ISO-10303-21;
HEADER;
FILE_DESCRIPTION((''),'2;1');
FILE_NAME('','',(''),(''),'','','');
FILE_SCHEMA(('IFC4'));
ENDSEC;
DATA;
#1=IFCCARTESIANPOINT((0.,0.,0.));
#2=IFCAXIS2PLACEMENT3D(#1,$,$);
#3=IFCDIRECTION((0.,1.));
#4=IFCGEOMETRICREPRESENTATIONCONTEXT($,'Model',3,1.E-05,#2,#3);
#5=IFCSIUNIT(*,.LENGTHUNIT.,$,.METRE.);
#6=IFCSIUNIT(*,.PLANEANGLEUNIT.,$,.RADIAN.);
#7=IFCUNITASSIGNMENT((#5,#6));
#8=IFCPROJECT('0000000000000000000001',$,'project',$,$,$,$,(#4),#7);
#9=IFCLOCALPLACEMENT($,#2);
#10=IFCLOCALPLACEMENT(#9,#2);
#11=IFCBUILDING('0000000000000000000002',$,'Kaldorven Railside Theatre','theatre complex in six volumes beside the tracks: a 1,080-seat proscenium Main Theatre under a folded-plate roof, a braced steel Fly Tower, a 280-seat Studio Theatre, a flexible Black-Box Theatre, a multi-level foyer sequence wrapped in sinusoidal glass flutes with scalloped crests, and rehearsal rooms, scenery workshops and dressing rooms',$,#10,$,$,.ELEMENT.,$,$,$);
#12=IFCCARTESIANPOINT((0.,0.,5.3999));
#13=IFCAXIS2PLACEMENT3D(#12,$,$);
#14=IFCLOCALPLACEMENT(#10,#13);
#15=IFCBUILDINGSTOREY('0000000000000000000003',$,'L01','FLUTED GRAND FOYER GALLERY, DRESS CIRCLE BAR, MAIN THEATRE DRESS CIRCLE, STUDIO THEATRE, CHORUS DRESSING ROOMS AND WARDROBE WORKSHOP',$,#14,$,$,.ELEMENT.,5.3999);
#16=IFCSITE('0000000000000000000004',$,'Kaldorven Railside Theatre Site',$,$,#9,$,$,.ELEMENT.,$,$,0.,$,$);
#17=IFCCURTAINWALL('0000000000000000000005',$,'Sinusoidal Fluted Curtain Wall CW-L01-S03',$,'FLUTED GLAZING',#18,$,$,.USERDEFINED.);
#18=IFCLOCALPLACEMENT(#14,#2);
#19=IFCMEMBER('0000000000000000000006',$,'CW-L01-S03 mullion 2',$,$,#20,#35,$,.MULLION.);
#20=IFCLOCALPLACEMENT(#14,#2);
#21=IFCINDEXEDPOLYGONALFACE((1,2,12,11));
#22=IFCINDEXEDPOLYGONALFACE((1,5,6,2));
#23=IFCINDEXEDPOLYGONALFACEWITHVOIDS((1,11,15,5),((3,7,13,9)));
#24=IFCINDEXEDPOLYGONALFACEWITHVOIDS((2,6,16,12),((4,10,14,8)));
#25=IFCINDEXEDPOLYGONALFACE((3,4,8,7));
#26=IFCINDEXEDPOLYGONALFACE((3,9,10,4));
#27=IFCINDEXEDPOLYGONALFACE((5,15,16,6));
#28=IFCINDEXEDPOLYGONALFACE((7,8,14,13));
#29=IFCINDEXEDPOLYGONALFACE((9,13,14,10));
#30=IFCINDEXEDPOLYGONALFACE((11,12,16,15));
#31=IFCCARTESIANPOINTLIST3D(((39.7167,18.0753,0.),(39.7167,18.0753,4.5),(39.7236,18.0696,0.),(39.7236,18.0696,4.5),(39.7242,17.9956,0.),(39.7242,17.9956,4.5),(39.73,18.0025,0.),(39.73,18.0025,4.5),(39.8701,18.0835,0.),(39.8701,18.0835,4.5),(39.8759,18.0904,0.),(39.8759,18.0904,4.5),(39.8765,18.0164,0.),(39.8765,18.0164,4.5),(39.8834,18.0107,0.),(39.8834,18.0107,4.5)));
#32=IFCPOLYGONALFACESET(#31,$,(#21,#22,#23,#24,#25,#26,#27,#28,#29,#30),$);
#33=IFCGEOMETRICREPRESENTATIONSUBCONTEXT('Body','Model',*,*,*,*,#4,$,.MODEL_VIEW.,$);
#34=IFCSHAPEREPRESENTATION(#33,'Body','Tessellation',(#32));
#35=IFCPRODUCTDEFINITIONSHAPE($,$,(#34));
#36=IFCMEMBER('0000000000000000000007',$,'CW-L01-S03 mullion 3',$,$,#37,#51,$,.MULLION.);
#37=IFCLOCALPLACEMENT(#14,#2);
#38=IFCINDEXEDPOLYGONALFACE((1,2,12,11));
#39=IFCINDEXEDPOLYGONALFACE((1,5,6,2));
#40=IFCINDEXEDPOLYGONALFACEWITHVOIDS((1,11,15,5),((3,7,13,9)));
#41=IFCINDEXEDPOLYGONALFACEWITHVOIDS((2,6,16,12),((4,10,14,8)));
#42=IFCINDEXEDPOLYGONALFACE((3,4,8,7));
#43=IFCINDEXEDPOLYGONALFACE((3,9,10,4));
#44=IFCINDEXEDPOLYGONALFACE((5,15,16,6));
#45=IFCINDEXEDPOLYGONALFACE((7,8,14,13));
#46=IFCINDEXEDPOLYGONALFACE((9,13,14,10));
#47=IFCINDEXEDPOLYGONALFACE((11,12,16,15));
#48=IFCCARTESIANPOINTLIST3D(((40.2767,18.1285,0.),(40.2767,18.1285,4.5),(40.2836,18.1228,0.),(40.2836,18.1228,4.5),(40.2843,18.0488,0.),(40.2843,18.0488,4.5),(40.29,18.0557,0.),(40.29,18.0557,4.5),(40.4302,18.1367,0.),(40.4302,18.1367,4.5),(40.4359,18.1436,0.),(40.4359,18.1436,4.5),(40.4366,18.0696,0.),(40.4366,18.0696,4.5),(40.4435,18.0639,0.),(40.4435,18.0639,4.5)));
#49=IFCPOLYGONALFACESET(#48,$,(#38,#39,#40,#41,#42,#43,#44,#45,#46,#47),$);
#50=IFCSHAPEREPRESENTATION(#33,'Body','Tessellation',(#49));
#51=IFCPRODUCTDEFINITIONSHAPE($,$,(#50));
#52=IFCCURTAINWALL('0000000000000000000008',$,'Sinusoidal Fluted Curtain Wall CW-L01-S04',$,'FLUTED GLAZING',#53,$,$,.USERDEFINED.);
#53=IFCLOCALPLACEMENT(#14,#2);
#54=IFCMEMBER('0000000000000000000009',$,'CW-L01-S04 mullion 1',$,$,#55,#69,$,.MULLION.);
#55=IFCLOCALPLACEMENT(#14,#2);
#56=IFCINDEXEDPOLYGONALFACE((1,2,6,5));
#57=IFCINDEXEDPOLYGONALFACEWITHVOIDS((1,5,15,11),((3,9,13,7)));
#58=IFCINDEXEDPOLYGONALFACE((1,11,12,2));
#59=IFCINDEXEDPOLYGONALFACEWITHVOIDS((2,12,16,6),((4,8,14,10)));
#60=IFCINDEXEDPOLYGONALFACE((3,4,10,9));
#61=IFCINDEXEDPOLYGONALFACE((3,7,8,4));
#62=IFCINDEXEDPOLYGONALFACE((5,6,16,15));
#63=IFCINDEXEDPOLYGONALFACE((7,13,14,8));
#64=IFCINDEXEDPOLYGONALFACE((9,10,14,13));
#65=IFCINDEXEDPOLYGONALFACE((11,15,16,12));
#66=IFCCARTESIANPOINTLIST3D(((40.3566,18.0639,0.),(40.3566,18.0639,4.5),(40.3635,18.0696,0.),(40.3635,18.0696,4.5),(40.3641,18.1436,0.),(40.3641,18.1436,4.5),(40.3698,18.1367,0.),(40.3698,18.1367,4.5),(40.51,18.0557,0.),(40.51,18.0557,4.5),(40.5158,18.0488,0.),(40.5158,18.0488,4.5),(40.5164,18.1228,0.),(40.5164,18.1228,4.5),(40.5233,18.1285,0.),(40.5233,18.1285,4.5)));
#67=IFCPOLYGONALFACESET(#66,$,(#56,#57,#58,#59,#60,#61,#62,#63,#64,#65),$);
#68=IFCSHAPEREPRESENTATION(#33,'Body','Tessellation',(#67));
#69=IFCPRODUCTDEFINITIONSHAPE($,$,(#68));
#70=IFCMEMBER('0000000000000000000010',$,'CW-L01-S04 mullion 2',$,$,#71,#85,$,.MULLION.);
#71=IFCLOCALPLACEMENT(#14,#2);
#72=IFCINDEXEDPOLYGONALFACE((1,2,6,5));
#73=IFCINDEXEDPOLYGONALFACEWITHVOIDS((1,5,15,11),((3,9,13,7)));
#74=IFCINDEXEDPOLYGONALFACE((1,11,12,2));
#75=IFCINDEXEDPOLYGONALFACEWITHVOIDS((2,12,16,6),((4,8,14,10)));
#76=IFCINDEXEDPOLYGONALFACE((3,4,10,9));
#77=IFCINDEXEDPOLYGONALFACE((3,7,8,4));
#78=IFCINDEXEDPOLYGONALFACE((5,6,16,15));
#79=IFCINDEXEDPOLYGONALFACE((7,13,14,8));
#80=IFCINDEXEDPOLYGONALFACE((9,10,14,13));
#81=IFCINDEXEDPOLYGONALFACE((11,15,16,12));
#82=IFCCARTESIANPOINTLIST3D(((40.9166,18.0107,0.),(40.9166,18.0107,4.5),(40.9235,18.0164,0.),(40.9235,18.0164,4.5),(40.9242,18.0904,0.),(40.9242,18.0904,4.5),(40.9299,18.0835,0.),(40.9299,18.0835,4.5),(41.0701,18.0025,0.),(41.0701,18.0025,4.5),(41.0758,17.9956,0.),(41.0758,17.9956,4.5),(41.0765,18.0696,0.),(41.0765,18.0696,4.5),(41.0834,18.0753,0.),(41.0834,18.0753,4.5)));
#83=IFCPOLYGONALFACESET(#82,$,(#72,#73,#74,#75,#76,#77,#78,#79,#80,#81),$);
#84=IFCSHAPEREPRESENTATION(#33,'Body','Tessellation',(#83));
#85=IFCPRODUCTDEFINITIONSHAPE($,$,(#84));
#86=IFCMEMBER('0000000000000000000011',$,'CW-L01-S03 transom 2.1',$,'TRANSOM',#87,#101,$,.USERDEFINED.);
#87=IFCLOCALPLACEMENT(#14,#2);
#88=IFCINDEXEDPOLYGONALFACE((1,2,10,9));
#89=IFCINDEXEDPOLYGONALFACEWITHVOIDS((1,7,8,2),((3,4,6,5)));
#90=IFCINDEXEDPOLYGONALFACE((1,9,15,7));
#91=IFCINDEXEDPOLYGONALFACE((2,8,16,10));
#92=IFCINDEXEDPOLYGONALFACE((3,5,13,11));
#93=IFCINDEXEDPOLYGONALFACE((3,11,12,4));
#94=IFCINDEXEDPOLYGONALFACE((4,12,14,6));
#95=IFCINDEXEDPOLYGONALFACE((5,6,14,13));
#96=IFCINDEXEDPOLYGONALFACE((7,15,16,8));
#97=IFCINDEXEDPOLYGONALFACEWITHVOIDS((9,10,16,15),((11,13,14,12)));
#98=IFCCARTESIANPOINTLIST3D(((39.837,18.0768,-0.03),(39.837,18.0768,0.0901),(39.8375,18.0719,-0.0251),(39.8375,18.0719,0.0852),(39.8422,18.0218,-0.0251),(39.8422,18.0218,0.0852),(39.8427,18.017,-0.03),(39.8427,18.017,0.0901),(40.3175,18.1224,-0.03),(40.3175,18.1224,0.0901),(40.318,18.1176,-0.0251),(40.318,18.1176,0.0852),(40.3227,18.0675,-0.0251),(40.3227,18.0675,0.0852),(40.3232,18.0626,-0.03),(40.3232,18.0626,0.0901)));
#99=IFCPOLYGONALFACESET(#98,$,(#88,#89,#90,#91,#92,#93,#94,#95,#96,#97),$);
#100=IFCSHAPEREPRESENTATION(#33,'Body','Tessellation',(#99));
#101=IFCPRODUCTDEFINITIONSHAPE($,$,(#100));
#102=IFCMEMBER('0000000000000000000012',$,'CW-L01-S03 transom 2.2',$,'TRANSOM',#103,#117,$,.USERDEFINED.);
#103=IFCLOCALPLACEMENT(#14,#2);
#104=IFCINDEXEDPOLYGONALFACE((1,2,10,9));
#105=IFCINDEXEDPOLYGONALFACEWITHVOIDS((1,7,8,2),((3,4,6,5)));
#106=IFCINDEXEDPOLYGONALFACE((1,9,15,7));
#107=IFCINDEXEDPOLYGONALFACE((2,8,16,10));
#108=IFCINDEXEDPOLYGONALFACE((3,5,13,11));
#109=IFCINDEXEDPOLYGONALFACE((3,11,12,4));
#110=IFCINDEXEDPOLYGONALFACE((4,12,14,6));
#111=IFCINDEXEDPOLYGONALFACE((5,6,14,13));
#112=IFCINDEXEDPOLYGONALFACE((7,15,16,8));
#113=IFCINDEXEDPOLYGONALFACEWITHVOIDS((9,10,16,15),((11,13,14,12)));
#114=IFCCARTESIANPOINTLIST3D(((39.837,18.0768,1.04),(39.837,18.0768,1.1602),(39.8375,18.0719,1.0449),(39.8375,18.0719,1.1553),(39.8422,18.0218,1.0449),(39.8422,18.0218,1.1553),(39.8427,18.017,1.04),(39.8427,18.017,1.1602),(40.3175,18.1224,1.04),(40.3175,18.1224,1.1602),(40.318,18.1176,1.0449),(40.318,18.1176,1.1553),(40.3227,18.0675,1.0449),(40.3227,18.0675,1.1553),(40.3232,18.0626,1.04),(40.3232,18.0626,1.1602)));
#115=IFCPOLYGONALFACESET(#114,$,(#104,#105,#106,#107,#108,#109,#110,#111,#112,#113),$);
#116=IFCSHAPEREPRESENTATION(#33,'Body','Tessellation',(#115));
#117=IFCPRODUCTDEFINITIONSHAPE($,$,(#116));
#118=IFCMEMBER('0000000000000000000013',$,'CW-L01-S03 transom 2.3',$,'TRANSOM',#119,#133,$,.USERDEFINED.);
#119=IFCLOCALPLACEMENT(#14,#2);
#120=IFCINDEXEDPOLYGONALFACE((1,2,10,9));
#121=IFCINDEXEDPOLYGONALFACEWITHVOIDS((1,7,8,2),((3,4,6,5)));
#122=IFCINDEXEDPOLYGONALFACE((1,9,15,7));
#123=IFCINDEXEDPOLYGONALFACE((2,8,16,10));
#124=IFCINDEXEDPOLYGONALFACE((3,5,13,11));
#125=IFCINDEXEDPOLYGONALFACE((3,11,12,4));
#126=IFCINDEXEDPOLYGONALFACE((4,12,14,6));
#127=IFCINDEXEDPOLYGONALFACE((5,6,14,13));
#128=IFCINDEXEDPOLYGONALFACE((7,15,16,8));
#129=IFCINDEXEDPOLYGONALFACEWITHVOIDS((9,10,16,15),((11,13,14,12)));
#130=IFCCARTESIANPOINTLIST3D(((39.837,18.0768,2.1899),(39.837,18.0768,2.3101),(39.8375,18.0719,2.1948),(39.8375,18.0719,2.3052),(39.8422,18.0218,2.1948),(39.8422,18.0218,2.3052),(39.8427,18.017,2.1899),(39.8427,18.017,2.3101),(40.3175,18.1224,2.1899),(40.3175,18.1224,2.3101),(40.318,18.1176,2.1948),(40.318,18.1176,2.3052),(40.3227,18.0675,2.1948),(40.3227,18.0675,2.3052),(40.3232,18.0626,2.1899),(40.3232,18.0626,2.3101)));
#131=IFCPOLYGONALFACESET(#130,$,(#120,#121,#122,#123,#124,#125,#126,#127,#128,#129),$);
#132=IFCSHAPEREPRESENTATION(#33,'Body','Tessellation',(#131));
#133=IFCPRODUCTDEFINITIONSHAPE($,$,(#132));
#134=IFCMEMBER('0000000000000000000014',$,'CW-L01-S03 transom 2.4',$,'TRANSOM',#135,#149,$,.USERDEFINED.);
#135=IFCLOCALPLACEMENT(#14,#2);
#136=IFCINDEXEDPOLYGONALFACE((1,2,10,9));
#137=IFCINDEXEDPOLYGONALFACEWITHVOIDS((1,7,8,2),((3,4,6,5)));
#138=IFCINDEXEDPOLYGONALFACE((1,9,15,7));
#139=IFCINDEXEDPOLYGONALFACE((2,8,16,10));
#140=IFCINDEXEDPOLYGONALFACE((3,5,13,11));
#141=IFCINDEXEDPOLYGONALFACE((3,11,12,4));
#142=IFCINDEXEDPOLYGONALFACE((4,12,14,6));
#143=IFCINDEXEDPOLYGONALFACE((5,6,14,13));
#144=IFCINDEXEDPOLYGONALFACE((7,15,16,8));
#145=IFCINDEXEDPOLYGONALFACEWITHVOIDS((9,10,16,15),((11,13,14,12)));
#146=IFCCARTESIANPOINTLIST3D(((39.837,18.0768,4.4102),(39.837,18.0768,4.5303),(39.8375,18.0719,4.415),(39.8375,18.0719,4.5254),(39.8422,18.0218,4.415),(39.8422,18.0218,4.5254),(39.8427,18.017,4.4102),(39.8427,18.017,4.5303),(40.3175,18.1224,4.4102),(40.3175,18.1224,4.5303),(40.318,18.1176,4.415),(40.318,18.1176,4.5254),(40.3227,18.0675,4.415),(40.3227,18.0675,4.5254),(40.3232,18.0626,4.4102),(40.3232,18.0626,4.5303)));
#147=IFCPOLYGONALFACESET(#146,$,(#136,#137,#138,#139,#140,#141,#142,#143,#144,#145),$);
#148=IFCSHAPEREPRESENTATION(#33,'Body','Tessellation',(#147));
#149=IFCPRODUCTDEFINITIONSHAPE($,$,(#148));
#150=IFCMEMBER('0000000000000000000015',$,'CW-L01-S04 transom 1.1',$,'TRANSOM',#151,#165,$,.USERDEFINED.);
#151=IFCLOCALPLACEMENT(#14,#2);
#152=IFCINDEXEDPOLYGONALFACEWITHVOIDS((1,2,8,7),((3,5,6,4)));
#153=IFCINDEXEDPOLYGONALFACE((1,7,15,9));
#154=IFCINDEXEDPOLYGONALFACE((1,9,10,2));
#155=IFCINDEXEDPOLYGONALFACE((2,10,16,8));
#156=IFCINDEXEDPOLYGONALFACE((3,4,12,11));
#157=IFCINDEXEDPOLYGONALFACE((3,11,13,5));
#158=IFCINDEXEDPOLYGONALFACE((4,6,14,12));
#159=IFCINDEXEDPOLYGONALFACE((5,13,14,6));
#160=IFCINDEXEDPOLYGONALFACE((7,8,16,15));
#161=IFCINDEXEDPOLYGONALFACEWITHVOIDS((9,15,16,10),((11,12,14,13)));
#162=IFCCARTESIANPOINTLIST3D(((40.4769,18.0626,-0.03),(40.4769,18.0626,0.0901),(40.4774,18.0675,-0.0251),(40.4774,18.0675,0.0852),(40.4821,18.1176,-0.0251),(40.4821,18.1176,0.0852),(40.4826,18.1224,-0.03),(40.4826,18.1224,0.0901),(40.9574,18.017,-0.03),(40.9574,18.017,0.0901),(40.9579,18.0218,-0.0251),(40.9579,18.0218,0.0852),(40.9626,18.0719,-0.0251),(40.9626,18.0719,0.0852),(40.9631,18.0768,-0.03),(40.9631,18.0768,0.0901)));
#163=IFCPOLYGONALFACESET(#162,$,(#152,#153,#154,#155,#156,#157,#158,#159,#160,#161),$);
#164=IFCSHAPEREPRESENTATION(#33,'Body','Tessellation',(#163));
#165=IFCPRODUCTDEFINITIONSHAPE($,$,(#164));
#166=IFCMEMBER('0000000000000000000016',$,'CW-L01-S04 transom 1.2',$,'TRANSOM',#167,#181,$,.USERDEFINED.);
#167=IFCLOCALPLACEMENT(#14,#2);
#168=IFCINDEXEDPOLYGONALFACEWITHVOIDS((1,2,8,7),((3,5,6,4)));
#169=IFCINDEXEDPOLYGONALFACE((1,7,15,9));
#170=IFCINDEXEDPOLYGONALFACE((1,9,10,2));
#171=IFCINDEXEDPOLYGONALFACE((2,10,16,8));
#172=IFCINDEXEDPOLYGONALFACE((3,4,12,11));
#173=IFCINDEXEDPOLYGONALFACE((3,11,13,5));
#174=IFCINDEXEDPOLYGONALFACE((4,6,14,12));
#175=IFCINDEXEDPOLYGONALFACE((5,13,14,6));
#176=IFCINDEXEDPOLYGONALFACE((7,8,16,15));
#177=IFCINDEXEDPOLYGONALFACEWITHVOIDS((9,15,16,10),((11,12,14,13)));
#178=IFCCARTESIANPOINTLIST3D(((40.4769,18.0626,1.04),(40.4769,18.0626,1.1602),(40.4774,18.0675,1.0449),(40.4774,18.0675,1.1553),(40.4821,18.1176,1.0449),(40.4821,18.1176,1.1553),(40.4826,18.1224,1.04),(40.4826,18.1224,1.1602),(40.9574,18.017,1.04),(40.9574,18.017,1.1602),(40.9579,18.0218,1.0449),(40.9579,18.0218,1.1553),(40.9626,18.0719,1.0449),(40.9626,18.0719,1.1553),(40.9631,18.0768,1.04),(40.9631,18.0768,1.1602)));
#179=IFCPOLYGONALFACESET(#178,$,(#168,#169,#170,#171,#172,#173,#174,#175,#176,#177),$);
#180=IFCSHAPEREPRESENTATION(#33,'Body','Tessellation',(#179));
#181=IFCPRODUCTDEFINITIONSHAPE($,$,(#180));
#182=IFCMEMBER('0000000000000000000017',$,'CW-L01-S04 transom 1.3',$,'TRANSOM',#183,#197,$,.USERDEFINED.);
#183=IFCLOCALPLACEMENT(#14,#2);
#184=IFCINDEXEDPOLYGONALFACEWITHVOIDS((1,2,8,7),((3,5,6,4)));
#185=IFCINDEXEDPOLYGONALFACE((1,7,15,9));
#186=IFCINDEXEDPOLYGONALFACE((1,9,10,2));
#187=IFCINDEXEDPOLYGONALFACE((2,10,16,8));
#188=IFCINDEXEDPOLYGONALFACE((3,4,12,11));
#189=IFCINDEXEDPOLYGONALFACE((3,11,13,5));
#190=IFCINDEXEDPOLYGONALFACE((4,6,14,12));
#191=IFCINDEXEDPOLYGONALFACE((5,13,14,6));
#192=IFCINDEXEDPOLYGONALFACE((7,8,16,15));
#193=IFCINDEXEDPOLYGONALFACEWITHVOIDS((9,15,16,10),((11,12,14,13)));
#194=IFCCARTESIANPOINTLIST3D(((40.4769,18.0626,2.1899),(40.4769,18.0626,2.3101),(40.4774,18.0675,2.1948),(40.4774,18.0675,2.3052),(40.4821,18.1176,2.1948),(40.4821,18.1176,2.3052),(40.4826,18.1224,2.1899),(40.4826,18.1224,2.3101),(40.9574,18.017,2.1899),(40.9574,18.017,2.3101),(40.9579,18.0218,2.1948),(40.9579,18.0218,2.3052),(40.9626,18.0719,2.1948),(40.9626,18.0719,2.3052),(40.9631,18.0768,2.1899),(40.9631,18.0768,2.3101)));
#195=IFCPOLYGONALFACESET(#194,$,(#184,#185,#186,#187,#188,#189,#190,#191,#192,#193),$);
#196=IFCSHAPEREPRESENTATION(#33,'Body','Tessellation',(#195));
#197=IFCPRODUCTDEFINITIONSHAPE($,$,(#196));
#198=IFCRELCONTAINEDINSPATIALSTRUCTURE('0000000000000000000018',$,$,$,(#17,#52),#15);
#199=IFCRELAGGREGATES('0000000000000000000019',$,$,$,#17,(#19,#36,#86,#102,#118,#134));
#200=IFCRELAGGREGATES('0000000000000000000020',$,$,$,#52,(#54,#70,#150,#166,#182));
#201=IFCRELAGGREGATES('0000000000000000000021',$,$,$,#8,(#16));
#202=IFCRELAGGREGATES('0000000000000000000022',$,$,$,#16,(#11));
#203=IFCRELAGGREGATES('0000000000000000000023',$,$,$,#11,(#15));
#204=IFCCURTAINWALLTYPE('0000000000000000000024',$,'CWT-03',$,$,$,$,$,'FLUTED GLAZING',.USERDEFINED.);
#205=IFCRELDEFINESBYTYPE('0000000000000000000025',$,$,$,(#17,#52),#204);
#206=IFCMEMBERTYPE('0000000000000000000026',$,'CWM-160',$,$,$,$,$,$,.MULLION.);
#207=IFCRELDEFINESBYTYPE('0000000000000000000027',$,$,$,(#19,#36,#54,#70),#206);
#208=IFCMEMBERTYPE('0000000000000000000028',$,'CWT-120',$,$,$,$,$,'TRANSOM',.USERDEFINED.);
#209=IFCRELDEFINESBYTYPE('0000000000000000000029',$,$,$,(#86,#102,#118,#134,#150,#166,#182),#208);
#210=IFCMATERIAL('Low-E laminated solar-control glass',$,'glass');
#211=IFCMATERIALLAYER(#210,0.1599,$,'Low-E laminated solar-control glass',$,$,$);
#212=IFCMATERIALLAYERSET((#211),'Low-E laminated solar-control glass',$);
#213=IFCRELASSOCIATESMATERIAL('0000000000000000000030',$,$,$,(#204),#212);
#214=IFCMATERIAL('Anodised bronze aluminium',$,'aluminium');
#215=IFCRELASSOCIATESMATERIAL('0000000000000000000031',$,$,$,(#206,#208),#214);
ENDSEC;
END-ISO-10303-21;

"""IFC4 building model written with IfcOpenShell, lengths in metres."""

from ifc_helpers import new_model, si_unit, direction, frame, origin, origin_2d, place, context, subcontext, project, spatial, hollow_rectangle, extrude, material, layer, layer_set, material_profile, profile_set, type_object, element, aggregate, save


model = new_model("IFC4")

# Units and contexts
model_context = context("Model", 3, precision=1e-05, world=origin(), true_north=direction((0.0, 1.0)))
body_context = subcontext(model_context, "Body", "Model", "MODEL_VIEW")
ifc_project = project(units=[si_unit("LENGTHUNIT", "METRE"), si_unit("PLANEANGLEUNIT", "RADIAN")], contexts=[model_context])

# Site, building, storey
site_placement = place(None, origin())
site = spatial("IfcSite", under=ifc_project, at=site_placement, Name="Kaldorven Railside Theatre Site", CompositionType="ELEMENT", RefElevation=0.0)
building_placement = place(site_placement, origin())
building = spatial("IfcBuilding", under=site, at=building_placement, Name="Kaldorven Railside Theatre", Description="theatre complex in six volumes beside the tracks: a 1,080-seat proscenium Main Theatre under a folded-plate roof, a braced steel Fly Tower, a 280-seat Studio Theatre, a flexible Black-Box Theatre, a multi-level foyer sequence wrapped in sinusoidal glass flutes with scalloped crests, and rehearsal rooms, scenery workshops and dressing rooms", CompositionType="ELEMENT")
storey_placement = place(building_placement, frame((0.0, 0.0, 5.3999)))
storey = spatial("IfcBuildingStorey", under=building, at=storey_placement, Name="L01", Description="FLUTED GRAND FOYER GALLERY, DRESS CIRCLE BAR, MAIN THEATRE DRESS CIRCLE, STUDIO THEATRE, CHORUS DRESSING ROOMS AND WARDROBE WORKSHOP", CompositionType="ELEMENT", Elevation=5.3999)

# Curtain walls, members
ifc_material_1 = material(Name="Low-E laminated solar-control glass", Category="glass")
ifc_layer_1 = layer(ifc_material_1, 0.1599, Name="Low-E laminated solar-control glass")
ifc_layer_set_1 = layer_set([ifc_layer_1], Name="Low-E laminated solar-control glass")
curtain_wall_type = type_object("IfcCurtainWallType", Name="CWT-03", ElementType="FLUTED GLAZING", PredefinedType="USERDEFINED", material=ifc_layer_set_1)
curtain_wall_1_placement = place(storey_placement, origin())
curtain_wall_1 = element("IfcCurtainWall", 1, at=curtain_wall_1_placement, inside=storey, type_object=curtain_wall_type, Name="Sinusoidal Fluted Curtain Wall CW-L01-S03", ObjectType="FLUTED GLAZING", PredefinedType="USERDEFINED")
ifc_material_2 = material(Name="Anodised bronze aluminium", Category="aluminium")
ifc_material_profile_1 = material_profile(ifc_material_2, hollow_rectangle(XDim=0.0801, YDim=0.1599, WallThickness=0.0063, at=origin_2d()), Name="RHS 160x80x6.3")
ifc_profile_set_1 = profile_set([ifc_material_profile_1], Name="Anodised bronze aluminium")
member_type_1 = type_object("IfcMemberType", Name="CWM-160", PredefinedType="MULLION", material=ifc_profile_set_1)
member_1_placement = place(storey_placement, frame((39.8, 18.043, 0.0), z_axis=(0.0, 0.0, 1.0), x_axis=(-0.094492, 0.995526, 0.0)))
member_1 = element("IfcMember", 2, at=member_1_placement, type_object=member_type_1, Name="CW-L01-S03 mullion 2", PredefinedType="MULLION", context=body_context, shape_type="SweptSolid", body=[
    extrude(hollow_rectangle(XDim=0.0801, YDim=0.1599, WallThickness=0.0063, at=origin_2d()), origin(), (0.0, 0.0, 1.0), 4.5),
])
member_2_placement = place(storey_placement, frame((40.3601, 18.0962, 0.0), z_axis=(0.0, 0.0, 1.0), x_axis=(-0.094492, 0.995526, 0.0)))
member_2 = element("IfcMember", 3, at=member_2_placement, type_object=member_type_1, Name="CW-L01-S03 mullion 3", PredefinedType="MULLION", context=body_context, shape_type="SweptSolid", body=[
    extrude(hollow_rectangle(XDim=0.0801, YDim=0.1599, WallThickness=0.0063, at=origin_2d()), origin(), (0.0, 0.0, 1.0), 4.5),
])
curtain_wall_2_placement = place(storey_placement, origin())
curtain_wall_2 = element("IfcCurtainWall", 4, at=curtain_wall_2_placement, inside=storey, type_object=curtain_wall_type, Name="Sinusoidal Fluted Curtain Wall CW-L01-S04", ObjectType="FLUTED GLAZING", PredefinedType="USERDEFINED")
member_3_placement = place(storey_placement, frame((40.4399, 18.0962, 0.0), z_axis=(0.0, 0.0, 1.0), x_axis=(0.094492, 0.995526, 0.0)))
member_3 = element("IfcMember", 5, at=member_3_placement, type_object=member_type_1, Name="CW-L01-S04 mullion 1", PredefinedType="MULLION", context=body_context, shape_type="SweptSolid", body=[
    extrude(hollow_rectangle(XDim=0.0801, YDim=0.1599, WallThickness=0.0063, at=origin_2d()), origin(), (0.0, 0.0, 1.0), 4.5),
])
member_4_placement = place(storey_placement, frame((41.0, 18.043, 0.0), z_axis=(0.0, 0.0, 1.0), x_axis=(0.094492, 0.995526, 0.0)))
member_4 = element("IfcMember", 6, at=member_4_placement, type_object=member_type_1, Name="CW-L01-S04 mullion 2", PredefinedType="MULLION", context=body_context, shape_type="SweptSolid", body=[
    extrude(hollow_rectangle(XDim=0.0801, YDim=0.1599, WallThickness=0.0063, at=origin_2d()), origin(), (0.0, 0.0, 1.0), 4.5),
])

# Members
ifc_material_profile_2 = material_profile(ifc_material_2, hollow_rectangle(XDim=0.0601, YDim=0.1201, WallThickness=0.0049, at=origin_2d()), Name="RHS 120x60x5")
ifc_profile_set_2 = profile_set([ifc_material_profile_2], Name="Anodised bronze aluminium")
member_type_2 = type_object("IfcMemberType", Name="CWT-120", ElementType="TRANSOM", PredefinedType="USERDEFINED", material=ifc_profile_set_2)
member_5_placement = place(storey_placement, frame((39.8398, 18.0469, 0.03), z_axis=(0.995516, 0.094594, 0.0), x_axis=(-0.094594, 0.995516, 0.0)))
member_5 = element("IfcMember", 7, at=member_5_placement, type_object=member_type_2, Name="CW-L01-S03 transom 2.1", ObjectType="TRANSOM", PredefinedType="USERDEFINED", context=body_context, shape_type="SweptSolid", body=[
    extrude(hollow_rectangle(XDim=0.0601, YDim=0.1201, WallThickness=0.0049, at=origin_2d()), origin(), (0.0, 0.0, 1.0), 0.4827),
])
member_6_placement = place(storey_placement, frame((39.8398, 18.0469, 1.1001), z_axis=(0.995516, 0.094594, 0.0), x_axis=(-0.094594, 0.995516, 0.0)))
member_6 = element("IfcMember", 8, at=member_6_placement, type_object=member_type_2, Name="CW-L01-S03 transom 2.2", ObjectType="TRANSOM", PredefinedType="USERDEFINED", context=body_context, shape_type="SweptSolid", body=[
    extrude(hollow_rectangle(XDim=0.0601, YDim=0.1201, WallThickness=0.0049, at=origin_2d()), origin(), (0.0, 0.0, 1.0), 0.4827),
])
member_7_placement = place(storey_placement, frame((39.8398, 18.0469, 2.25), z_axis=(0.995516, 0.094594, 0.0), x_axis=(-0.094594, 0.995516, 0.0)))
member_7 = element("IfcMember", 9, at=member_7_placement, type_object=member_type_2, Name="CW-L01-S03 transom 2.3", ObjectType="TRANSOM", PredefinedType="USERDEFINED", context=body_context, shape_type="SweptSolid", body=[
    extrude(hollow_rectangle(XDim=0.0601, YDim=0.1201, WallThickness=0.0049, at=origin_2d()), origin(), (0.0, 0.0, 1.0), 0.4827),
])
member_8_placement = place(storey_placement, frame((39.8398, 18.0469, 4.4702), z_axis=(0.995516, 0.094594, 0.0), x_axis=(-0.094594, 0.995516, 0.0)))
member_8 = element("IfcMember", 10, at=member_8_placement, type_object=member_type_2, Name="CW-L01-S03 transom 2.4", ObjectType="TRANSOM", PredefinedType="USERDEFINED", context=body_context, shape_type="SweptSolid", body=[
    extrude(hollow_rectangle(XDim=0.0601, YDim=0.1201, WallThickness=0.0049, at=origin_2d()), origin(), (0.0, 0.0, 1.0), 0.4827),
])
member_9_placement = place(storey_placement, frame((40.4797, 18.0925, 0.03), z_axis=(0.995516, -0.094594, 0.0), x_axis=(0.094594, 0.995516, 0.0)))
member_9 = element("IfcMember", 11, at=member_9_placement, type_object=member_type_2, Name="CW-L01-S04 transom 1.1", ObjectType="TRANSOM", PredefinedType="USERDEFINED", context=body_context, shape_type="SweptSolid", body=[
    extrude(hollow_rectangle(XDim=0.0601, YDim=0.1201, WallThickness=0.0049, at=origin_2d()), origin(), (0.0, 0.0, 1.0), 0.4827),
])
member_10_placement = place(storey_placement, frame((40.4797, 18.0925, 1.1001), z_axis=(0.995516, -0.094594, 0.0), x_axis=(0.094594, 0.995516, 0.0)))
member_10 = element("IfcMember", 12, at=member_10_placement, type_object=member_type_2, Name="CW-L01-S04 transom 1.2", ObjectType="TRANSOM", PredefinedType="USERDEFINED", context=body_context, shape_type="SweptSolid", body=[
    extrude(hollow_rectangle(XDim=0.0601, YDim=0.1201, WallThickness=0.0049, at=origin_2d()), origin(), (0.0, 0.0, 1.0), 0.4827),
])
member_11_placement = place(storey_placement, frame((40.4797, 18.0925, 2.25), z_axis=(0.995516, -0.094594, 0.0), x_axis=(0.094594, 0.995516, 0.0)))
member_11 = element("IfcMember", 13, at=member_11_placement, type_object=member_type_2, Name="CW-L01-S04 transom 1.3", ObjectType="TRANSOM", PredefinedType="USERDEFINED", context=body_context, shape_type="SweptSolid", body=[
    extrude(hollow_rectangle(XDim=0.0601, YDim=0.1201, WallThickness=0.0049, at=origin_2d()), origin(), (0.0, 0.0, 1.0), 0.4827),
])

aggregate(curtain_wall_1, [member_1, member_2, member_5, member_6, member_7, member_8])
aggregate(curtain_wall_2, [member_3, member_4, member_9, member_10, member_11])

save(model, "model.ifc")
